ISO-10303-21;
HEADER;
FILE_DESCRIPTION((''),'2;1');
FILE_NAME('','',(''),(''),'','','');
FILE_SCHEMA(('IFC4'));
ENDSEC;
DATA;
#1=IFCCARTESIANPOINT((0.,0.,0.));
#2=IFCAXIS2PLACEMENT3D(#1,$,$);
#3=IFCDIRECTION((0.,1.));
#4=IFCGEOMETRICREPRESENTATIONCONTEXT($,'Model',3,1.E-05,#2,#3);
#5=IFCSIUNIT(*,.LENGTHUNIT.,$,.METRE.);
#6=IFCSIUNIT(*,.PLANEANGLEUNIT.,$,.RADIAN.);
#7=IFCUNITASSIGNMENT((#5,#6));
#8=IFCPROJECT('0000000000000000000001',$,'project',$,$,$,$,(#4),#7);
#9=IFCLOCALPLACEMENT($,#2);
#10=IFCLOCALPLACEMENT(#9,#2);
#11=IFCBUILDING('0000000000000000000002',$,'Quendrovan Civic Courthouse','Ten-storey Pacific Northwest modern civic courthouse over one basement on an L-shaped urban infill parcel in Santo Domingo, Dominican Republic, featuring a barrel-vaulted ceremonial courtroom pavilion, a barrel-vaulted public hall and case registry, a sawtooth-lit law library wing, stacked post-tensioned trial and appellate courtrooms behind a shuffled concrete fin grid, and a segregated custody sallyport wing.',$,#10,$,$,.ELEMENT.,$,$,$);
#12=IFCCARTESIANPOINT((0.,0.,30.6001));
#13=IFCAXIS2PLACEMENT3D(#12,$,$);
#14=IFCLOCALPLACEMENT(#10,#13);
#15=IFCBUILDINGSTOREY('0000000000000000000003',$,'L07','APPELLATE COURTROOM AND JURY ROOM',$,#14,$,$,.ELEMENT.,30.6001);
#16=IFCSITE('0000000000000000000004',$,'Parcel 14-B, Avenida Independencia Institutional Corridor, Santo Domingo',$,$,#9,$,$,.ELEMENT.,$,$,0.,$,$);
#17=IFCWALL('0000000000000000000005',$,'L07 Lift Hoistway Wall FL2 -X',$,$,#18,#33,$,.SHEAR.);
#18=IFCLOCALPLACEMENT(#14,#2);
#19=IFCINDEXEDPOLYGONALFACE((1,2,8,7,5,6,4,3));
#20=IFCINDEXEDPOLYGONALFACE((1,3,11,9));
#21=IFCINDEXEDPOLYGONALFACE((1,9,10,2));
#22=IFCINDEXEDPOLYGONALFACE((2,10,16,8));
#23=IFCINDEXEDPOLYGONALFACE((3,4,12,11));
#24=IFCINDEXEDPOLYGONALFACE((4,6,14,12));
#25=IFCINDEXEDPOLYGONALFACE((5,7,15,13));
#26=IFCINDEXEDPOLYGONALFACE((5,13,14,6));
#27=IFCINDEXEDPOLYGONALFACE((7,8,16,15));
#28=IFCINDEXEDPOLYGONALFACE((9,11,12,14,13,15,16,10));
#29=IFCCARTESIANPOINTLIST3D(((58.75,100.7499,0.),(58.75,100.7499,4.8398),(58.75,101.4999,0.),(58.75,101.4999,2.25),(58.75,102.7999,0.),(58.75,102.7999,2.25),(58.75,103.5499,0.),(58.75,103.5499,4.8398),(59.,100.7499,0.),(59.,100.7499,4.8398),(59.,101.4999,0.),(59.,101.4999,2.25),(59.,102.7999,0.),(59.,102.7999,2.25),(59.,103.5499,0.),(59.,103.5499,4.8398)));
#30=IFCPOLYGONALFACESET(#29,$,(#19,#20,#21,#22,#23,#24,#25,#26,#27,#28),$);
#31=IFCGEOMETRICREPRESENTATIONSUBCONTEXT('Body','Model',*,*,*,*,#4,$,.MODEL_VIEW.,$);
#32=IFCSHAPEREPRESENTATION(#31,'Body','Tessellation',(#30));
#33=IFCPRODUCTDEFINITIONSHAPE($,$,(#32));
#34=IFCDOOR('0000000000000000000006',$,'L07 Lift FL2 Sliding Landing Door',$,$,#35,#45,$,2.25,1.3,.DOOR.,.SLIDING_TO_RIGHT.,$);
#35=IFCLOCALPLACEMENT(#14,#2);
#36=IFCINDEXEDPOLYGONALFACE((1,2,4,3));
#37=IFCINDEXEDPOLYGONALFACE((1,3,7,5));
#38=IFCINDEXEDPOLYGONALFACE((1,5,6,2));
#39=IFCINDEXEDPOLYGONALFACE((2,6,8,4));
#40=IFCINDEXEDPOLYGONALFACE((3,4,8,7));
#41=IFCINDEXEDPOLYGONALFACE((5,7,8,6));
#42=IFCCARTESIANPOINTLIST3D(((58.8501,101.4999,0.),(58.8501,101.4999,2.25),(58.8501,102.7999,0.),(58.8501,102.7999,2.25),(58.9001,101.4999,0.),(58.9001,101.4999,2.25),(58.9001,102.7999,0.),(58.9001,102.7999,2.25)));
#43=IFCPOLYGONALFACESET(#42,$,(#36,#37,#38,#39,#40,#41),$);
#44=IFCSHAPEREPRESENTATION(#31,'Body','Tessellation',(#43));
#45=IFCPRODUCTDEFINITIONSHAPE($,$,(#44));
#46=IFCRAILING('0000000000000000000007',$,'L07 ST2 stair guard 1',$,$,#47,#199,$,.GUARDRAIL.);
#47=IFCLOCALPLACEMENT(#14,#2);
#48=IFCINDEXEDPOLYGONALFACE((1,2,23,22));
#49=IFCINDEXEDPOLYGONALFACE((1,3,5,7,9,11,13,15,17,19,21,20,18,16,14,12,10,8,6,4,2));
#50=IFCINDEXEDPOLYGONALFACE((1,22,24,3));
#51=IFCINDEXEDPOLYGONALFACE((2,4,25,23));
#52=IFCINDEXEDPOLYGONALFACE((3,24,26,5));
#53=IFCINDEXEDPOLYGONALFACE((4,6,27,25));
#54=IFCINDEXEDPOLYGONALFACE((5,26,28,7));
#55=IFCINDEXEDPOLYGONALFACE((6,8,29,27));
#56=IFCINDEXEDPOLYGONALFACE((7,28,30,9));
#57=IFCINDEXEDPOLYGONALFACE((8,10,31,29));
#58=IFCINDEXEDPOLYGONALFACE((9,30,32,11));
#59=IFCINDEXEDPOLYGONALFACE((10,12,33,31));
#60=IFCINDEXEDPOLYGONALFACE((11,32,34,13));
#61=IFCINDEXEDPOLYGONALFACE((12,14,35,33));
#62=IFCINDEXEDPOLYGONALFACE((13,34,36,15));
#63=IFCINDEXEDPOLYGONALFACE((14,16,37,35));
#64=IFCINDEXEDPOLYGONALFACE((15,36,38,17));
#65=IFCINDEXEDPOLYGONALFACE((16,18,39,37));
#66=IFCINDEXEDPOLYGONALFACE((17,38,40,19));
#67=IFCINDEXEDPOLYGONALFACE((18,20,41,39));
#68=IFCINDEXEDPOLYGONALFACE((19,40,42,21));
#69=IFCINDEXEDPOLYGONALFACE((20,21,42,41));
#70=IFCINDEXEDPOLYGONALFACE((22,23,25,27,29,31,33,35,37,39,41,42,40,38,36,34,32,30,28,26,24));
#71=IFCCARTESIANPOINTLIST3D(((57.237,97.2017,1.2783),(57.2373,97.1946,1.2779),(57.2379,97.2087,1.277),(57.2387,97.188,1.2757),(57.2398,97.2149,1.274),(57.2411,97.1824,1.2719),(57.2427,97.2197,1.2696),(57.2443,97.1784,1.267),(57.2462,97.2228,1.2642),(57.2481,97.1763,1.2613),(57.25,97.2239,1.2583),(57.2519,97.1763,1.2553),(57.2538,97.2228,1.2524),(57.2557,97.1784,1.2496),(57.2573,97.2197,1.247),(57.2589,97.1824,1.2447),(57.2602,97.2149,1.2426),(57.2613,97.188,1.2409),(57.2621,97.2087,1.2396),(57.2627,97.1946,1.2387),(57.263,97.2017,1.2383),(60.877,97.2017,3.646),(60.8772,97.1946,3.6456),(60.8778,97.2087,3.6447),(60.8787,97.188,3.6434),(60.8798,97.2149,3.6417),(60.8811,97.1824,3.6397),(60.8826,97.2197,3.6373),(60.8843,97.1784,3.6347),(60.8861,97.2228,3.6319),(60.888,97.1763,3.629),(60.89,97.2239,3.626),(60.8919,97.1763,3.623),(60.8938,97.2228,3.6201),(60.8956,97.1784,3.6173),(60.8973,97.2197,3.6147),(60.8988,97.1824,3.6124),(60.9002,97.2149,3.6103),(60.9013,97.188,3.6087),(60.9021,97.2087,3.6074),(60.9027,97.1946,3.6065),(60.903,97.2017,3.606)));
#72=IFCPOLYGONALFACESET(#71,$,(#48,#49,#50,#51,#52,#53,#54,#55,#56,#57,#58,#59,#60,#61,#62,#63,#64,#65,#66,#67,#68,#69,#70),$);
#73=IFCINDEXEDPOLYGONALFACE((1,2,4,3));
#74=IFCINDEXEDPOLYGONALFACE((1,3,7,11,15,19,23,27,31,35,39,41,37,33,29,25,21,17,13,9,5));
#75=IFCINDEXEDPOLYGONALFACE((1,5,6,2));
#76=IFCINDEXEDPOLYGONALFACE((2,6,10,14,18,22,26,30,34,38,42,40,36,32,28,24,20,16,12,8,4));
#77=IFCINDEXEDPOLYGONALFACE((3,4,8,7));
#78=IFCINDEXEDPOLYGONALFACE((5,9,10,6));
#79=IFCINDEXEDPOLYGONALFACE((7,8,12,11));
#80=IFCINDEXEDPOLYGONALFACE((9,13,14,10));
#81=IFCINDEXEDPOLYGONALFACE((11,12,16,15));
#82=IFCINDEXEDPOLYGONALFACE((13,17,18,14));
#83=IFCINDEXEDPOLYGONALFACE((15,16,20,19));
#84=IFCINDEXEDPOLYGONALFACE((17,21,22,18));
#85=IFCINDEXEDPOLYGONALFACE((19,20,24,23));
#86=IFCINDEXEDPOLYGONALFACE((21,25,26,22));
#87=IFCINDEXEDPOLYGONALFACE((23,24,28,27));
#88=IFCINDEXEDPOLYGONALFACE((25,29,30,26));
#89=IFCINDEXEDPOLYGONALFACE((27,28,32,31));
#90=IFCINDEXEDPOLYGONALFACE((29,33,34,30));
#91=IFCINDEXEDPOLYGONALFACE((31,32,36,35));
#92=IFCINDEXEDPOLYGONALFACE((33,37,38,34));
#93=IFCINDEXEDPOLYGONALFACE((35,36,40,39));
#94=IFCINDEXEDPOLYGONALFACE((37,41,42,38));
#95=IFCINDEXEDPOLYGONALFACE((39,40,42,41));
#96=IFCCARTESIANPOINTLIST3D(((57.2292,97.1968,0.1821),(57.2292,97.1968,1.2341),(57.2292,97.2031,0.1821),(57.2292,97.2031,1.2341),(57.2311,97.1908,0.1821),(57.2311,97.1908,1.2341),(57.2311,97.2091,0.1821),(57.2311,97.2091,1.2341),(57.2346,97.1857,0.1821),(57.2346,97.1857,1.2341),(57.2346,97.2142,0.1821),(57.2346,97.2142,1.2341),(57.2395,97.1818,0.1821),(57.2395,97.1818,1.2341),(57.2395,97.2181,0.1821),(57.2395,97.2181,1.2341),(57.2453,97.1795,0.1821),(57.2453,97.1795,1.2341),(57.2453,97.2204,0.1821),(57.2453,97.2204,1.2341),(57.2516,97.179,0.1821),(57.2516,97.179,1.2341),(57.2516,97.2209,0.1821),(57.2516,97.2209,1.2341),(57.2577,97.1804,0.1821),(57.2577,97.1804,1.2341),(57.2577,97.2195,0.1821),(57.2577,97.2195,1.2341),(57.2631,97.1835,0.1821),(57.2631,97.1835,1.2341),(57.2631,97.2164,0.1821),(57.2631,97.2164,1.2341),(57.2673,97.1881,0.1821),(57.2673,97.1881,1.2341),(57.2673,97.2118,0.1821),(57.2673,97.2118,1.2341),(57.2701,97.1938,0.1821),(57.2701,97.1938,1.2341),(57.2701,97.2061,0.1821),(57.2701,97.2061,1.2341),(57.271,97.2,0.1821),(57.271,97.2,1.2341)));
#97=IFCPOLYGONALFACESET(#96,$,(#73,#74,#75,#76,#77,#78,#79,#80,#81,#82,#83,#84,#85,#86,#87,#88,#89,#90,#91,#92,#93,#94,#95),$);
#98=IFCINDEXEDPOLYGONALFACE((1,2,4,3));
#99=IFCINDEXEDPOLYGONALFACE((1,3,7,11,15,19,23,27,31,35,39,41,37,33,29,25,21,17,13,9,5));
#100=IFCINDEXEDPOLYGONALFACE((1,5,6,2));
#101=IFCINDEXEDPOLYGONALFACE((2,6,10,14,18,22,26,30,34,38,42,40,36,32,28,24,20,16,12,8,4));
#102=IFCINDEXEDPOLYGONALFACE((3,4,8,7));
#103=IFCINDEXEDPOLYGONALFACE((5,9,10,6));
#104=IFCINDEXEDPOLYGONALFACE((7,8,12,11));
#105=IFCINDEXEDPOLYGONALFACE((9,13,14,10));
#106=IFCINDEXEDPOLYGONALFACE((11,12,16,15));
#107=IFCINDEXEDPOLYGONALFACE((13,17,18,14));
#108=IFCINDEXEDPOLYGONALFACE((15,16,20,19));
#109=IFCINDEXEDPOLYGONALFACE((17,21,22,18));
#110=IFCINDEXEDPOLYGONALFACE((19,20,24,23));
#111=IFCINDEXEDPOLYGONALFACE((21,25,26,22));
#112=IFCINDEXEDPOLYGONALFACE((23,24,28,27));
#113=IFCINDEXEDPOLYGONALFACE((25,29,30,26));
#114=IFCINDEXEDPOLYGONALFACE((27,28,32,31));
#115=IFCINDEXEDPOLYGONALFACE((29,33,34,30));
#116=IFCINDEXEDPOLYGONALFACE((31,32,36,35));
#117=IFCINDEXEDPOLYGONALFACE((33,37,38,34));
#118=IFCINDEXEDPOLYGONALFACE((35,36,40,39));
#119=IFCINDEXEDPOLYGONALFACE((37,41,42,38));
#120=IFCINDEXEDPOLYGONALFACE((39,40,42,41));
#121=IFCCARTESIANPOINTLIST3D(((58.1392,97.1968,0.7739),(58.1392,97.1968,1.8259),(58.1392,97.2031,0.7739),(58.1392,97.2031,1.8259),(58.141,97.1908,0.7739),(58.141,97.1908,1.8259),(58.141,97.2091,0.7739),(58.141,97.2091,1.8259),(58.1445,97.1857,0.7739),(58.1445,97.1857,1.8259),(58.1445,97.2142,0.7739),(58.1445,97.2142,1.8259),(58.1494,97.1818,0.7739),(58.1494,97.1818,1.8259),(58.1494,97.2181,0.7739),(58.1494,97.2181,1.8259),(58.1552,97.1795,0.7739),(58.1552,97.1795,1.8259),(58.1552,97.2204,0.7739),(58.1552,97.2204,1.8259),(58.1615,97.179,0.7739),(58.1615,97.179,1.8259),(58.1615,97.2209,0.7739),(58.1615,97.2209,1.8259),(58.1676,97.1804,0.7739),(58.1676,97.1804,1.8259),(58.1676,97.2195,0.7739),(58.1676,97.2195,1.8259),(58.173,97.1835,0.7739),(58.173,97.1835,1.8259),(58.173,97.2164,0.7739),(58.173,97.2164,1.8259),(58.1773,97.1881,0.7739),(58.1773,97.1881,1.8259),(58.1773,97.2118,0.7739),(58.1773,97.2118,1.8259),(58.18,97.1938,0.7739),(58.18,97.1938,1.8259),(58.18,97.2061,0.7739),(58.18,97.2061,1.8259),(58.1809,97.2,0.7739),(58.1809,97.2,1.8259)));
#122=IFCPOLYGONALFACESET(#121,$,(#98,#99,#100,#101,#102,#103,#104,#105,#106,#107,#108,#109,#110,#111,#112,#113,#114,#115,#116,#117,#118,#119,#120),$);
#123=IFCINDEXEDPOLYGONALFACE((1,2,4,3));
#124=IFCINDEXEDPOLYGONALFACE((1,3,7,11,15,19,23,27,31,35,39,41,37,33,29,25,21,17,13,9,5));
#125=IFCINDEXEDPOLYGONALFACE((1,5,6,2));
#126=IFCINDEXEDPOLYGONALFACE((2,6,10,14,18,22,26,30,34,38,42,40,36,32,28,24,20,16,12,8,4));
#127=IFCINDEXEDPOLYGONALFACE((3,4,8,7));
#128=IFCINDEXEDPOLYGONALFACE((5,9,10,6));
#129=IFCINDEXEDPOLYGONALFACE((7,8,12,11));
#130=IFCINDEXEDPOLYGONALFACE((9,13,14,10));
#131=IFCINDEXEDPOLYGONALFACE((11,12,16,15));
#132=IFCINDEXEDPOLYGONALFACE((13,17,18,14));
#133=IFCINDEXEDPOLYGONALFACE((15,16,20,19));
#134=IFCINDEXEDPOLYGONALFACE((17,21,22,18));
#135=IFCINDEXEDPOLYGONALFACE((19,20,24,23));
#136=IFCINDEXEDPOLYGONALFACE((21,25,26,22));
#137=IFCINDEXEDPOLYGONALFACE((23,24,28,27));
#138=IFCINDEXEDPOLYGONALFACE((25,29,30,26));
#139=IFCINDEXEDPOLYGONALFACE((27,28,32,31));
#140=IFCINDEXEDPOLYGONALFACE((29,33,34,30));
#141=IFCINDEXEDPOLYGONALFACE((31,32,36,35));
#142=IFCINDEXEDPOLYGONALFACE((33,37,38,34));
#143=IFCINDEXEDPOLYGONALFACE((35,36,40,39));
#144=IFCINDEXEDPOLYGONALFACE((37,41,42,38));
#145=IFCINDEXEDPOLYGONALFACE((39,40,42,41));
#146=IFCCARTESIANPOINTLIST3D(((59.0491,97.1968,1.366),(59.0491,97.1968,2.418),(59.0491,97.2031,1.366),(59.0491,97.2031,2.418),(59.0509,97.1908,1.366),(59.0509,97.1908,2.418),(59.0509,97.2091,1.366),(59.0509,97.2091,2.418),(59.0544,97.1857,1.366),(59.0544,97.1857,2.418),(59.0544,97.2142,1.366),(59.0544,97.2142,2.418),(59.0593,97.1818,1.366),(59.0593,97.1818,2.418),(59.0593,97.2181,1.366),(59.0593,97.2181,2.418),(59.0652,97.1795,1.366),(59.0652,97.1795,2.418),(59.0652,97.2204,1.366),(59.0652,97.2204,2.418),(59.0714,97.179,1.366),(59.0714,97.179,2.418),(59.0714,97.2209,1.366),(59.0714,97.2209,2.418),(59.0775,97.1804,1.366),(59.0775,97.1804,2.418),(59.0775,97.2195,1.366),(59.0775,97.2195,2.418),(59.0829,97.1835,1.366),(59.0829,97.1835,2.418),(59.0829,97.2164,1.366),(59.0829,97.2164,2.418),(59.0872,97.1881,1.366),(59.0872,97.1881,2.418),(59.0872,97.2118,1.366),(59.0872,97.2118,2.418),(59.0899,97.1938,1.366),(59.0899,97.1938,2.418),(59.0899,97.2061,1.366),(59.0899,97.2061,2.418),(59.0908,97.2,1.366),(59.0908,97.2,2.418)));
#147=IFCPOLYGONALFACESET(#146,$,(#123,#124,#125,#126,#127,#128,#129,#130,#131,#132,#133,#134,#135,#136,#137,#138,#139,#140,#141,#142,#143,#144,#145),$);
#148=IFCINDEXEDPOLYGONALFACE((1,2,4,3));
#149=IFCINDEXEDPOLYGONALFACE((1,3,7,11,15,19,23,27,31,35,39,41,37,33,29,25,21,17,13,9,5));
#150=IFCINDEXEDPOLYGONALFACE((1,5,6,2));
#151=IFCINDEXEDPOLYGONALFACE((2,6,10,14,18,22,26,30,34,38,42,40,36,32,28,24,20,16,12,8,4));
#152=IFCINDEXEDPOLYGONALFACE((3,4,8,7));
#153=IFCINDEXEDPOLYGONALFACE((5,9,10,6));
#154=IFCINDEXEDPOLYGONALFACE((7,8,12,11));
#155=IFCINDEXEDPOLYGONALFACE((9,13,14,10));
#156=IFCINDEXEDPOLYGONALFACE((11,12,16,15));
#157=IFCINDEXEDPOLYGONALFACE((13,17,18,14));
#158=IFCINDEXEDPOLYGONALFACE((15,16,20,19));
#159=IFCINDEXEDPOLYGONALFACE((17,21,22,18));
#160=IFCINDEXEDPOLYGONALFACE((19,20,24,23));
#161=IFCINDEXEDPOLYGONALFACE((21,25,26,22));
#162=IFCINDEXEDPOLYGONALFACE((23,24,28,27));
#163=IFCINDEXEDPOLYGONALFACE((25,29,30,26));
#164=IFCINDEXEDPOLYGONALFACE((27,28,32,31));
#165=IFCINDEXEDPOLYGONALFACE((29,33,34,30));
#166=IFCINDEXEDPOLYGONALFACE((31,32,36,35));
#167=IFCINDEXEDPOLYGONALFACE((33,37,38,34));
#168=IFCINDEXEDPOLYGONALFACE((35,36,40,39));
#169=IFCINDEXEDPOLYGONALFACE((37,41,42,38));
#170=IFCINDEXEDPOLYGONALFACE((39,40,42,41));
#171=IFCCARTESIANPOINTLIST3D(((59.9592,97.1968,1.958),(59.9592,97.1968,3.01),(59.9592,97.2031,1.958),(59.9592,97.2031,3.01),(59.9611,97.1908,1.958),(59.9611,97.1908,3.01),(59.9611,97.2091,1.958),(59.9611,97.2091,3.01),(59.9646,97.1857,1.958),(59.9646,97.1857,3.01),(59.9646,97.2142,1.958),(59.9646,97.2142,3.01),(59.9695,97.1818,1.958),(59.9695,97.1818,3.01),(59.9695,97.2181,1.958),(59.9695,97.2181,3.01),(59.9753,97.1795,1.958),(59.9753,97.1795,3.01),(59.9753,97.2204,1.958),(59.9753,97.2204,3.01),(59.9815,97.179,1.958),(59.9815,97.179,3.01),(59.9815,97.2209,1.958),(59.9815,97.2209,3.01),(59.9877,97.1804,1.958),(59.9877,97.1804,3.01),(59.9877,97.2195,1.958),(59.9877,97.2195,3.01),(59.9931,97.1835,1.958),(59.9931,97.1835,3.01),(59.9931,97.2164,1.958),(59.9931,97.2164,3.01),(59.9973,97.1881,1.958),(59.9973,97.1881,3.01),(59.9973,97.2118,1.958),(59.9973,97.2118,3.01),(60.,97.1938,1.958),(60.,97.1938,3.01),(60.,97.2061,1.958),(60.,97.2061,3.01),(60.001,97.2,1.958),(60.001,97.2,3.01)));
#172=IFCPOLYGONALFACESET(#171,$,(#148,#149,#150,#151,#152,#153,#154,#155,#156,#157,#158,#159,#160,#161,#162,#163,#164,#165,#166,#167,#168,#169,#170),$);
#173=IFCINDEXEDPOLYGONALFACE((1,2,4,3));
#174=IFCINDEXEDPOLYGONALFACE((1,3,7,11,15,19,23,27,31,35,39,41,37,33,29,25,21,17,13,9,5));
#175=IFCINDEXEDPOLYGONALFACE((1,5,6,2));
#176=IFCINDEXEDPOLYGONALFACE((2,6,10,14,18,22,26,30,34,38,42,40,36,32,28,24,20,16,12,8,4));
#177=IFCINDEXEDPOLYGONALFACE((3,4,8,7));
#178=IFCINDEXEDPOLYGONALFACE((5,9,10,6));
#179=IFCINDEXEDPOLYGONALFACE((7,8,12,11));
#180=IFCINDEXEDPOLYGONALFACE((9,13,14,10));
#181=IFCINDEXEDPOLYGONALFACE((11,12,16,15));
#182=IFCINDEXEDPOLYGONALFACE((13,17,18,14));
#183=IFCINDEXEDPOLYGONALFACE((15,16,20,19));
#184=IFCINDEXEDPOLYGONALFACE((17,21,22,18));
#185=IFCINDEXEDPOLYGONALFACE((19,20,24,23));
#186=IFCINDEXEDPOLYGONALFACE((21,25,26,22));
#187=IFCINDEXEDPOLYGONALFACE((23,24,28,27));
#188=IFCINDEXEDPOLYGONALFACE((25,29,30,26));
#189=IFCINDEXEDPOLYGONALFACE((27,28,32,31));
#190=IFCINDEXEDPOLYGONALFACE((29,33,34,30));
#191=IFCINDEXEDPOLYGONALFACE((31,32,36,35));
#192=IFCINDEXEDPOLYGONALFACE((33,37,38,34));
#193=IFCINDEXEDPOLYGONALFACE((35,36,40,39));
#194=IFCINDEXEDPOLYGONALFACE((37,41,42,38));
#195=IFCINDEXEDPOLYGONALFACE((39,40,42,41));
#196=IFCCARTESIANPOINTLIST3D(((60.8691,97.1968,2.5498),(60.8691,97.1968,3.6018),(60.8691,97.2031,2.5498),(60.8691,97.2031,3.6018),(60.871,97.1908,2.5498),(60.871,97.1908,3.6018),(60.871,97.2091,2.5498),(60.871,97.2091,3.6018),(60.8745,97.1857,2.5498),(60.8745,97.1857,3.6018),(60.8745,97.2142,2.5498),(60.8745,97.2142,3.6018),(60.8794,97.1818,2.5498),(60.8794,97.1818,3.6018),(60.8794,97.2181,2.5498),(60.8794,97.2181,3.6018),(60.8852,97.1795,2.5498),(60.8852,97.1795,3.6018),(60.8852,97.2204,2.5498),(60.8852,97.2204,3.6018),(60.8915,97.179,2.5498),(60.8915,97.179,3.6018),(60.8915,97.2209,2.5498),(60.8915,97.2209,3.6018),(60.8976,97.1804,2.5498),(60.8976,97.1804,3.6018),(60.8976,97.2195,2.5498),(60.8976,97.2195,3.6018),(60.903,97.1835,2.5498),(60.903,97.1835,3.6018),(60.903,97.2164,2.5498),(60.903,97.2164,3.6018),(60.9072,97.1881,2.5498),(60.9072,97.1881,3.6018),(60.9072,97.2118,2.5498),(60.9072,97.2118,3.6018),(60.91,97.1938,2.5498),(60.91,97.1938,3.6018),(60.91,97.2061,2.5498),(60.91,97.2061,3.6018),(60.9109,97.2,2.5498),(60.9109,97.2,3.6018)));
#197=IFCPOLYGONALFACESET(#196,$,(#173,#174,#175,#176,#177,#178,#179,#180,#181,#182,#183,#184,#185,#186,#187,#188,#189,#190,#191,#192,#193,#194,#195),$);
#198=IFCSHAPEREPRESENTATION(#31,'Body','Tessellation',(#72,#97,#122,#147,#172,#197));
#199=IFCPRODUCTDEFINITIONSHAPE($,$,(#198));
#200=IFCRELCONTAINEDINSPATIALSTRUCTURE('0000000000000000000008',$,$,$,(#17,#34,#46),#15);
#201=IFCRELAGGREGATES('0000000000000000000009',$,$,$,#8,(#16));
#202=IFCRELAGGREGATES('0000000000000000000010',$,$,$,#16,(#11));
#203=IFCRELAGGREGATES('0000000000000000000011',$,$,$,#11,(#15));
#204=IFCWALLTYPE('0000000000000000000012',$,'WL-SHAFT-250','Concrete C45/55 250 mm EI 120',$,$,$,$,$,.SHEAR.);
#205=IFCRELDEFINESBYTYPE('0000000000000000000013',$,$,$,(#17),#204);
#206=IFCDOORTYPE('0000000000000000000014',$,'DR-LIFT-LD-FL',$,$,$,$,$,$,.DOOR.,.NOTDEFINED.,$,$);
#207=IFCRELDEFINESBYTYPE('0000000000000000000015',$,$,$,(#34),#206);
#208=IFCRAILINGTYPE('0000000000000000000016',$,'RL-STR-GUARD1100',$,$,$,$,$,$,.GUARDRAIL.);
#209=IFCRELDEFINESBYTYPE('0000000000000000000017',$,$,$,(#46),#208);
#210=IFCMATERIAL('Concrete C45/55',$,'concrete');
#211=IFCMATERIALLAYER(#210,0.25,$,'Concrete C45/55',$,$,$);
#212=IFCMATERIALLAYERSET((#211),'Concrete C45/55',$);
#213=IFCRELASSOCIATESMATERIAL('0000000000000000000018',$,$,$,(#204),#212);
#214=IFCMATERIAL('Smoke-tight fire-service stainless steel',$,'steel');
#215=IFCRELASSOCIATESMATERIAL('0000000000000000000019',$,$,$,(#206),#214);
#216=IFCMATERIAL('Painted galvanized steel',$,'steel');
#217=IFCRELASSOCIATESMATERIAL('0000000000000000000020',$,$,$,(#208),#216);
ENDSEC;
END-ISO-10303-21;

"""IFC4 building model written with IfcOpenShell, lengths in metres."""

from ifc_helpers import new_model, si_unit, direction, frame, frame_2d, origin, origin_2d, place, context, subcontext, project, spatial, rectangle, circle, extrude, material, layer, layer_set, type_object, element, fill, save


model = new_model("IFC4")

# Units and contexts
model_context = context("Model", 3, precision=1e-05, world=origin(), true_north=direction((0.0, 1.0)))
body_context = subcontext(model_context, "Body", "Model", "MODEL_VIEW")
ifc_project = project(units=[si_unit("LENGTHUNIT", "METRE"), si_unit("PLANEANGLEUNIT", "RADIAN")], contexts=[model_context])

# Site, building, storey
site_placement = place(None, origin())
site = spatial("IfcSite", under=ifc_project, at=site_placement, Name="Parcel 14-B, Avenida Independencia Institutional Corridor, Santo Domingo", CompositionType="ELEMENT", RefElevation=0.0)
building_placement = place(site_placement, origin())
building = spatial("IfcBuilding", under=site, at=building_placement, Name="Quendrovan Civic Courthouse", Description="Ten-storey Pacific Northwest modern civic courthouse over one basement on an L-shaped urban infill parcel in Santo Domingo, Dominican Republic, featuring a barrel-vaulted ceremonial courtroom pavilion, a barrel-vaulted public hall and case registry, a sawtooth-lit law library wing, stacked post-tensioned trial and appellate courtrooms behind a shuffled concrete fin grid, and a segregated custody sallyport wing.", CompositionType="ELEMENT")
storey_placement = place(building_placement, frame((0.0, 0.0, 30.6001)))
storey = spatial("IfcBuildingStorey", under=building, at=storey_placement, Name="L07", Description="APPELLATE COURTROOM AND JURY ROOM", CompositionType="ELEMENT", Elevation=30.6001)

# Shared definitions
ifc_material_1 = material(Name="Concrete C45/55", Category="concrete")

# Shared definitions
ifc_layer_1 = layer(ifc_material_1, 0.25, Name="Concrete C45/55")
ifc_layer_set_1 = layer_set([ifc_layer_1], Name="Concrete C45/55")
wall_type_1 = type_object("IfcWallType", Name="WL-SHAFT-250", Description="Concrete C45/55 250 mm EI 120", PredefinedType="SHEAR", material=ifc_layer_set_1)

# Wall, opening, door
wall_1_placement = place(storey_placement, frame((58.875, 100.75, 0.0), z_axis=(0.0, 0.0, 1.0), x_axis=(0.0, 1.0, 0.0)))
wall_1 = element("IfcWall", 1, at=wall_1_placement, inside=storey, type_object=wall_type_1, Name="L07 Lift Hoistway Wall FL2 -X", PredefinedType="SHEAR", context=body_context, shape_type="SweptSolid", body=[
    extrude(rectangle(XDim=2.8, YDim=0.25, at=frame_2d((1.3999, 0.0))), origin(), (0.0, 0.0, 1.0), 4.8398),
])
opening_1_placement = place(wall_1_placement, frame((0.75, 0.0, 0.0)))
opening_1 = element("IfcOpeningElement", 2, at=opening_1_placement, cuts=wall_1, PredefinedType="OPENING", context=body_context, shape_type="SweptSolid", body=[
    extrude(rectangle(XDim=1.3, YDim=2.25, at=frame_2d((0.6499, 1.125))), frame((0.0, 0.135, 0.0), z_axis=(0.0, -1.0, 0.0), x_axis=(1.0, 0.0, 0.0)), (0.0, 0.0, 1.0), 0.27),
])
ifc_material_2 = material(Name="Smoke-tight fire-service stainless steel", Category="steel")
door_type_1 = type_object("IfcDoorType", Name="DR-LIFT-LD-FL", OperationType="NOTDEFINED", PredefinedType="DOOR", material=ifc_material_2)
door_1_placement = place(opening_1_placement, origin())
door_1 = element("IfcDoor", 3, at=door_1_placement, inside=storey, type_object=door_type_1, Name="L07 Lift FL2 Sliding Landing Door", OperationType="SLIDING_TO_RIGHT", OverallHeight=2.25, OverallWidth=1.3, PredefinedType="DOOR", context=body_context, shape_type="SweptSolid", body=[
    extrude(rectangle(XDim=1.3, YDim=2.25, at=frame_2d((0.6499, 1.125))), frame((0.0, 0.0249, 0.0), z_axis=(0.0, -1.0, 0.0), x_axis=(1.0, 0.0, 0.0)), (0.0, 0.0, 1.0), 0.05),
])
fill(opening_1, door_1)

# Railing
ifc_material_3 = material(Name="Painted galvanized steel", Category="steel")
railing_type = type_object("IfcRailingType", Name="RL-STR-GUARD1100", PredefinedType="GUARDRAIL", material=ifc_material_3)
railing_1_placement = place(storey_placement, frame((57.25, 97.2, 0.1821)))
element("IfcRailing", 4, at=railing_1_placement, inside=storey, type_object=railing_type, Name="L07 ST2 stair guard 1", PredefinedType="GUARDRAIL", context=body_context, shape_type="SweptSolid", body=[
    extrude(circle(Radius=0.0239, at=origin_2d()), frame((0.0, 0.0, 1.0762), z_axis=(0.83826, 0.0, 0.545271), x_axis=(0.0, 1.0, 0.0)), (0.0, 0.0, 1.0), 4.3423),
    extrude(circle(Radius=0.021, at=origin_2d()), origin(), (0.0, 0.0, 1.0), 1.052),
    extrude(circle(Radius=0.021, at=origin_2d()), frame((0.9099, 0.0, 0.5918)), (0.0, 0.0, 1.0), 1.052),
    extrude(circle(Radius=0.021, at=origin_2d()), frame((1.8198, 0.0, 1.1838)), (0.0, 0.0, 1.0), 1.052),
    extrude(circle(Radius=0.021, at=origin_2d()), frame((2.73, 0.0, 1.7759)), (0.0, 0.0, 1.0), 1.052),
    extrude(circle(Radius=0.021, at=origin_2d()), frame((3.6399, 0.0, 2.3677)), (0.0, 0.0, 1.0), 1.052),
])

save(model, "model.ifc")
